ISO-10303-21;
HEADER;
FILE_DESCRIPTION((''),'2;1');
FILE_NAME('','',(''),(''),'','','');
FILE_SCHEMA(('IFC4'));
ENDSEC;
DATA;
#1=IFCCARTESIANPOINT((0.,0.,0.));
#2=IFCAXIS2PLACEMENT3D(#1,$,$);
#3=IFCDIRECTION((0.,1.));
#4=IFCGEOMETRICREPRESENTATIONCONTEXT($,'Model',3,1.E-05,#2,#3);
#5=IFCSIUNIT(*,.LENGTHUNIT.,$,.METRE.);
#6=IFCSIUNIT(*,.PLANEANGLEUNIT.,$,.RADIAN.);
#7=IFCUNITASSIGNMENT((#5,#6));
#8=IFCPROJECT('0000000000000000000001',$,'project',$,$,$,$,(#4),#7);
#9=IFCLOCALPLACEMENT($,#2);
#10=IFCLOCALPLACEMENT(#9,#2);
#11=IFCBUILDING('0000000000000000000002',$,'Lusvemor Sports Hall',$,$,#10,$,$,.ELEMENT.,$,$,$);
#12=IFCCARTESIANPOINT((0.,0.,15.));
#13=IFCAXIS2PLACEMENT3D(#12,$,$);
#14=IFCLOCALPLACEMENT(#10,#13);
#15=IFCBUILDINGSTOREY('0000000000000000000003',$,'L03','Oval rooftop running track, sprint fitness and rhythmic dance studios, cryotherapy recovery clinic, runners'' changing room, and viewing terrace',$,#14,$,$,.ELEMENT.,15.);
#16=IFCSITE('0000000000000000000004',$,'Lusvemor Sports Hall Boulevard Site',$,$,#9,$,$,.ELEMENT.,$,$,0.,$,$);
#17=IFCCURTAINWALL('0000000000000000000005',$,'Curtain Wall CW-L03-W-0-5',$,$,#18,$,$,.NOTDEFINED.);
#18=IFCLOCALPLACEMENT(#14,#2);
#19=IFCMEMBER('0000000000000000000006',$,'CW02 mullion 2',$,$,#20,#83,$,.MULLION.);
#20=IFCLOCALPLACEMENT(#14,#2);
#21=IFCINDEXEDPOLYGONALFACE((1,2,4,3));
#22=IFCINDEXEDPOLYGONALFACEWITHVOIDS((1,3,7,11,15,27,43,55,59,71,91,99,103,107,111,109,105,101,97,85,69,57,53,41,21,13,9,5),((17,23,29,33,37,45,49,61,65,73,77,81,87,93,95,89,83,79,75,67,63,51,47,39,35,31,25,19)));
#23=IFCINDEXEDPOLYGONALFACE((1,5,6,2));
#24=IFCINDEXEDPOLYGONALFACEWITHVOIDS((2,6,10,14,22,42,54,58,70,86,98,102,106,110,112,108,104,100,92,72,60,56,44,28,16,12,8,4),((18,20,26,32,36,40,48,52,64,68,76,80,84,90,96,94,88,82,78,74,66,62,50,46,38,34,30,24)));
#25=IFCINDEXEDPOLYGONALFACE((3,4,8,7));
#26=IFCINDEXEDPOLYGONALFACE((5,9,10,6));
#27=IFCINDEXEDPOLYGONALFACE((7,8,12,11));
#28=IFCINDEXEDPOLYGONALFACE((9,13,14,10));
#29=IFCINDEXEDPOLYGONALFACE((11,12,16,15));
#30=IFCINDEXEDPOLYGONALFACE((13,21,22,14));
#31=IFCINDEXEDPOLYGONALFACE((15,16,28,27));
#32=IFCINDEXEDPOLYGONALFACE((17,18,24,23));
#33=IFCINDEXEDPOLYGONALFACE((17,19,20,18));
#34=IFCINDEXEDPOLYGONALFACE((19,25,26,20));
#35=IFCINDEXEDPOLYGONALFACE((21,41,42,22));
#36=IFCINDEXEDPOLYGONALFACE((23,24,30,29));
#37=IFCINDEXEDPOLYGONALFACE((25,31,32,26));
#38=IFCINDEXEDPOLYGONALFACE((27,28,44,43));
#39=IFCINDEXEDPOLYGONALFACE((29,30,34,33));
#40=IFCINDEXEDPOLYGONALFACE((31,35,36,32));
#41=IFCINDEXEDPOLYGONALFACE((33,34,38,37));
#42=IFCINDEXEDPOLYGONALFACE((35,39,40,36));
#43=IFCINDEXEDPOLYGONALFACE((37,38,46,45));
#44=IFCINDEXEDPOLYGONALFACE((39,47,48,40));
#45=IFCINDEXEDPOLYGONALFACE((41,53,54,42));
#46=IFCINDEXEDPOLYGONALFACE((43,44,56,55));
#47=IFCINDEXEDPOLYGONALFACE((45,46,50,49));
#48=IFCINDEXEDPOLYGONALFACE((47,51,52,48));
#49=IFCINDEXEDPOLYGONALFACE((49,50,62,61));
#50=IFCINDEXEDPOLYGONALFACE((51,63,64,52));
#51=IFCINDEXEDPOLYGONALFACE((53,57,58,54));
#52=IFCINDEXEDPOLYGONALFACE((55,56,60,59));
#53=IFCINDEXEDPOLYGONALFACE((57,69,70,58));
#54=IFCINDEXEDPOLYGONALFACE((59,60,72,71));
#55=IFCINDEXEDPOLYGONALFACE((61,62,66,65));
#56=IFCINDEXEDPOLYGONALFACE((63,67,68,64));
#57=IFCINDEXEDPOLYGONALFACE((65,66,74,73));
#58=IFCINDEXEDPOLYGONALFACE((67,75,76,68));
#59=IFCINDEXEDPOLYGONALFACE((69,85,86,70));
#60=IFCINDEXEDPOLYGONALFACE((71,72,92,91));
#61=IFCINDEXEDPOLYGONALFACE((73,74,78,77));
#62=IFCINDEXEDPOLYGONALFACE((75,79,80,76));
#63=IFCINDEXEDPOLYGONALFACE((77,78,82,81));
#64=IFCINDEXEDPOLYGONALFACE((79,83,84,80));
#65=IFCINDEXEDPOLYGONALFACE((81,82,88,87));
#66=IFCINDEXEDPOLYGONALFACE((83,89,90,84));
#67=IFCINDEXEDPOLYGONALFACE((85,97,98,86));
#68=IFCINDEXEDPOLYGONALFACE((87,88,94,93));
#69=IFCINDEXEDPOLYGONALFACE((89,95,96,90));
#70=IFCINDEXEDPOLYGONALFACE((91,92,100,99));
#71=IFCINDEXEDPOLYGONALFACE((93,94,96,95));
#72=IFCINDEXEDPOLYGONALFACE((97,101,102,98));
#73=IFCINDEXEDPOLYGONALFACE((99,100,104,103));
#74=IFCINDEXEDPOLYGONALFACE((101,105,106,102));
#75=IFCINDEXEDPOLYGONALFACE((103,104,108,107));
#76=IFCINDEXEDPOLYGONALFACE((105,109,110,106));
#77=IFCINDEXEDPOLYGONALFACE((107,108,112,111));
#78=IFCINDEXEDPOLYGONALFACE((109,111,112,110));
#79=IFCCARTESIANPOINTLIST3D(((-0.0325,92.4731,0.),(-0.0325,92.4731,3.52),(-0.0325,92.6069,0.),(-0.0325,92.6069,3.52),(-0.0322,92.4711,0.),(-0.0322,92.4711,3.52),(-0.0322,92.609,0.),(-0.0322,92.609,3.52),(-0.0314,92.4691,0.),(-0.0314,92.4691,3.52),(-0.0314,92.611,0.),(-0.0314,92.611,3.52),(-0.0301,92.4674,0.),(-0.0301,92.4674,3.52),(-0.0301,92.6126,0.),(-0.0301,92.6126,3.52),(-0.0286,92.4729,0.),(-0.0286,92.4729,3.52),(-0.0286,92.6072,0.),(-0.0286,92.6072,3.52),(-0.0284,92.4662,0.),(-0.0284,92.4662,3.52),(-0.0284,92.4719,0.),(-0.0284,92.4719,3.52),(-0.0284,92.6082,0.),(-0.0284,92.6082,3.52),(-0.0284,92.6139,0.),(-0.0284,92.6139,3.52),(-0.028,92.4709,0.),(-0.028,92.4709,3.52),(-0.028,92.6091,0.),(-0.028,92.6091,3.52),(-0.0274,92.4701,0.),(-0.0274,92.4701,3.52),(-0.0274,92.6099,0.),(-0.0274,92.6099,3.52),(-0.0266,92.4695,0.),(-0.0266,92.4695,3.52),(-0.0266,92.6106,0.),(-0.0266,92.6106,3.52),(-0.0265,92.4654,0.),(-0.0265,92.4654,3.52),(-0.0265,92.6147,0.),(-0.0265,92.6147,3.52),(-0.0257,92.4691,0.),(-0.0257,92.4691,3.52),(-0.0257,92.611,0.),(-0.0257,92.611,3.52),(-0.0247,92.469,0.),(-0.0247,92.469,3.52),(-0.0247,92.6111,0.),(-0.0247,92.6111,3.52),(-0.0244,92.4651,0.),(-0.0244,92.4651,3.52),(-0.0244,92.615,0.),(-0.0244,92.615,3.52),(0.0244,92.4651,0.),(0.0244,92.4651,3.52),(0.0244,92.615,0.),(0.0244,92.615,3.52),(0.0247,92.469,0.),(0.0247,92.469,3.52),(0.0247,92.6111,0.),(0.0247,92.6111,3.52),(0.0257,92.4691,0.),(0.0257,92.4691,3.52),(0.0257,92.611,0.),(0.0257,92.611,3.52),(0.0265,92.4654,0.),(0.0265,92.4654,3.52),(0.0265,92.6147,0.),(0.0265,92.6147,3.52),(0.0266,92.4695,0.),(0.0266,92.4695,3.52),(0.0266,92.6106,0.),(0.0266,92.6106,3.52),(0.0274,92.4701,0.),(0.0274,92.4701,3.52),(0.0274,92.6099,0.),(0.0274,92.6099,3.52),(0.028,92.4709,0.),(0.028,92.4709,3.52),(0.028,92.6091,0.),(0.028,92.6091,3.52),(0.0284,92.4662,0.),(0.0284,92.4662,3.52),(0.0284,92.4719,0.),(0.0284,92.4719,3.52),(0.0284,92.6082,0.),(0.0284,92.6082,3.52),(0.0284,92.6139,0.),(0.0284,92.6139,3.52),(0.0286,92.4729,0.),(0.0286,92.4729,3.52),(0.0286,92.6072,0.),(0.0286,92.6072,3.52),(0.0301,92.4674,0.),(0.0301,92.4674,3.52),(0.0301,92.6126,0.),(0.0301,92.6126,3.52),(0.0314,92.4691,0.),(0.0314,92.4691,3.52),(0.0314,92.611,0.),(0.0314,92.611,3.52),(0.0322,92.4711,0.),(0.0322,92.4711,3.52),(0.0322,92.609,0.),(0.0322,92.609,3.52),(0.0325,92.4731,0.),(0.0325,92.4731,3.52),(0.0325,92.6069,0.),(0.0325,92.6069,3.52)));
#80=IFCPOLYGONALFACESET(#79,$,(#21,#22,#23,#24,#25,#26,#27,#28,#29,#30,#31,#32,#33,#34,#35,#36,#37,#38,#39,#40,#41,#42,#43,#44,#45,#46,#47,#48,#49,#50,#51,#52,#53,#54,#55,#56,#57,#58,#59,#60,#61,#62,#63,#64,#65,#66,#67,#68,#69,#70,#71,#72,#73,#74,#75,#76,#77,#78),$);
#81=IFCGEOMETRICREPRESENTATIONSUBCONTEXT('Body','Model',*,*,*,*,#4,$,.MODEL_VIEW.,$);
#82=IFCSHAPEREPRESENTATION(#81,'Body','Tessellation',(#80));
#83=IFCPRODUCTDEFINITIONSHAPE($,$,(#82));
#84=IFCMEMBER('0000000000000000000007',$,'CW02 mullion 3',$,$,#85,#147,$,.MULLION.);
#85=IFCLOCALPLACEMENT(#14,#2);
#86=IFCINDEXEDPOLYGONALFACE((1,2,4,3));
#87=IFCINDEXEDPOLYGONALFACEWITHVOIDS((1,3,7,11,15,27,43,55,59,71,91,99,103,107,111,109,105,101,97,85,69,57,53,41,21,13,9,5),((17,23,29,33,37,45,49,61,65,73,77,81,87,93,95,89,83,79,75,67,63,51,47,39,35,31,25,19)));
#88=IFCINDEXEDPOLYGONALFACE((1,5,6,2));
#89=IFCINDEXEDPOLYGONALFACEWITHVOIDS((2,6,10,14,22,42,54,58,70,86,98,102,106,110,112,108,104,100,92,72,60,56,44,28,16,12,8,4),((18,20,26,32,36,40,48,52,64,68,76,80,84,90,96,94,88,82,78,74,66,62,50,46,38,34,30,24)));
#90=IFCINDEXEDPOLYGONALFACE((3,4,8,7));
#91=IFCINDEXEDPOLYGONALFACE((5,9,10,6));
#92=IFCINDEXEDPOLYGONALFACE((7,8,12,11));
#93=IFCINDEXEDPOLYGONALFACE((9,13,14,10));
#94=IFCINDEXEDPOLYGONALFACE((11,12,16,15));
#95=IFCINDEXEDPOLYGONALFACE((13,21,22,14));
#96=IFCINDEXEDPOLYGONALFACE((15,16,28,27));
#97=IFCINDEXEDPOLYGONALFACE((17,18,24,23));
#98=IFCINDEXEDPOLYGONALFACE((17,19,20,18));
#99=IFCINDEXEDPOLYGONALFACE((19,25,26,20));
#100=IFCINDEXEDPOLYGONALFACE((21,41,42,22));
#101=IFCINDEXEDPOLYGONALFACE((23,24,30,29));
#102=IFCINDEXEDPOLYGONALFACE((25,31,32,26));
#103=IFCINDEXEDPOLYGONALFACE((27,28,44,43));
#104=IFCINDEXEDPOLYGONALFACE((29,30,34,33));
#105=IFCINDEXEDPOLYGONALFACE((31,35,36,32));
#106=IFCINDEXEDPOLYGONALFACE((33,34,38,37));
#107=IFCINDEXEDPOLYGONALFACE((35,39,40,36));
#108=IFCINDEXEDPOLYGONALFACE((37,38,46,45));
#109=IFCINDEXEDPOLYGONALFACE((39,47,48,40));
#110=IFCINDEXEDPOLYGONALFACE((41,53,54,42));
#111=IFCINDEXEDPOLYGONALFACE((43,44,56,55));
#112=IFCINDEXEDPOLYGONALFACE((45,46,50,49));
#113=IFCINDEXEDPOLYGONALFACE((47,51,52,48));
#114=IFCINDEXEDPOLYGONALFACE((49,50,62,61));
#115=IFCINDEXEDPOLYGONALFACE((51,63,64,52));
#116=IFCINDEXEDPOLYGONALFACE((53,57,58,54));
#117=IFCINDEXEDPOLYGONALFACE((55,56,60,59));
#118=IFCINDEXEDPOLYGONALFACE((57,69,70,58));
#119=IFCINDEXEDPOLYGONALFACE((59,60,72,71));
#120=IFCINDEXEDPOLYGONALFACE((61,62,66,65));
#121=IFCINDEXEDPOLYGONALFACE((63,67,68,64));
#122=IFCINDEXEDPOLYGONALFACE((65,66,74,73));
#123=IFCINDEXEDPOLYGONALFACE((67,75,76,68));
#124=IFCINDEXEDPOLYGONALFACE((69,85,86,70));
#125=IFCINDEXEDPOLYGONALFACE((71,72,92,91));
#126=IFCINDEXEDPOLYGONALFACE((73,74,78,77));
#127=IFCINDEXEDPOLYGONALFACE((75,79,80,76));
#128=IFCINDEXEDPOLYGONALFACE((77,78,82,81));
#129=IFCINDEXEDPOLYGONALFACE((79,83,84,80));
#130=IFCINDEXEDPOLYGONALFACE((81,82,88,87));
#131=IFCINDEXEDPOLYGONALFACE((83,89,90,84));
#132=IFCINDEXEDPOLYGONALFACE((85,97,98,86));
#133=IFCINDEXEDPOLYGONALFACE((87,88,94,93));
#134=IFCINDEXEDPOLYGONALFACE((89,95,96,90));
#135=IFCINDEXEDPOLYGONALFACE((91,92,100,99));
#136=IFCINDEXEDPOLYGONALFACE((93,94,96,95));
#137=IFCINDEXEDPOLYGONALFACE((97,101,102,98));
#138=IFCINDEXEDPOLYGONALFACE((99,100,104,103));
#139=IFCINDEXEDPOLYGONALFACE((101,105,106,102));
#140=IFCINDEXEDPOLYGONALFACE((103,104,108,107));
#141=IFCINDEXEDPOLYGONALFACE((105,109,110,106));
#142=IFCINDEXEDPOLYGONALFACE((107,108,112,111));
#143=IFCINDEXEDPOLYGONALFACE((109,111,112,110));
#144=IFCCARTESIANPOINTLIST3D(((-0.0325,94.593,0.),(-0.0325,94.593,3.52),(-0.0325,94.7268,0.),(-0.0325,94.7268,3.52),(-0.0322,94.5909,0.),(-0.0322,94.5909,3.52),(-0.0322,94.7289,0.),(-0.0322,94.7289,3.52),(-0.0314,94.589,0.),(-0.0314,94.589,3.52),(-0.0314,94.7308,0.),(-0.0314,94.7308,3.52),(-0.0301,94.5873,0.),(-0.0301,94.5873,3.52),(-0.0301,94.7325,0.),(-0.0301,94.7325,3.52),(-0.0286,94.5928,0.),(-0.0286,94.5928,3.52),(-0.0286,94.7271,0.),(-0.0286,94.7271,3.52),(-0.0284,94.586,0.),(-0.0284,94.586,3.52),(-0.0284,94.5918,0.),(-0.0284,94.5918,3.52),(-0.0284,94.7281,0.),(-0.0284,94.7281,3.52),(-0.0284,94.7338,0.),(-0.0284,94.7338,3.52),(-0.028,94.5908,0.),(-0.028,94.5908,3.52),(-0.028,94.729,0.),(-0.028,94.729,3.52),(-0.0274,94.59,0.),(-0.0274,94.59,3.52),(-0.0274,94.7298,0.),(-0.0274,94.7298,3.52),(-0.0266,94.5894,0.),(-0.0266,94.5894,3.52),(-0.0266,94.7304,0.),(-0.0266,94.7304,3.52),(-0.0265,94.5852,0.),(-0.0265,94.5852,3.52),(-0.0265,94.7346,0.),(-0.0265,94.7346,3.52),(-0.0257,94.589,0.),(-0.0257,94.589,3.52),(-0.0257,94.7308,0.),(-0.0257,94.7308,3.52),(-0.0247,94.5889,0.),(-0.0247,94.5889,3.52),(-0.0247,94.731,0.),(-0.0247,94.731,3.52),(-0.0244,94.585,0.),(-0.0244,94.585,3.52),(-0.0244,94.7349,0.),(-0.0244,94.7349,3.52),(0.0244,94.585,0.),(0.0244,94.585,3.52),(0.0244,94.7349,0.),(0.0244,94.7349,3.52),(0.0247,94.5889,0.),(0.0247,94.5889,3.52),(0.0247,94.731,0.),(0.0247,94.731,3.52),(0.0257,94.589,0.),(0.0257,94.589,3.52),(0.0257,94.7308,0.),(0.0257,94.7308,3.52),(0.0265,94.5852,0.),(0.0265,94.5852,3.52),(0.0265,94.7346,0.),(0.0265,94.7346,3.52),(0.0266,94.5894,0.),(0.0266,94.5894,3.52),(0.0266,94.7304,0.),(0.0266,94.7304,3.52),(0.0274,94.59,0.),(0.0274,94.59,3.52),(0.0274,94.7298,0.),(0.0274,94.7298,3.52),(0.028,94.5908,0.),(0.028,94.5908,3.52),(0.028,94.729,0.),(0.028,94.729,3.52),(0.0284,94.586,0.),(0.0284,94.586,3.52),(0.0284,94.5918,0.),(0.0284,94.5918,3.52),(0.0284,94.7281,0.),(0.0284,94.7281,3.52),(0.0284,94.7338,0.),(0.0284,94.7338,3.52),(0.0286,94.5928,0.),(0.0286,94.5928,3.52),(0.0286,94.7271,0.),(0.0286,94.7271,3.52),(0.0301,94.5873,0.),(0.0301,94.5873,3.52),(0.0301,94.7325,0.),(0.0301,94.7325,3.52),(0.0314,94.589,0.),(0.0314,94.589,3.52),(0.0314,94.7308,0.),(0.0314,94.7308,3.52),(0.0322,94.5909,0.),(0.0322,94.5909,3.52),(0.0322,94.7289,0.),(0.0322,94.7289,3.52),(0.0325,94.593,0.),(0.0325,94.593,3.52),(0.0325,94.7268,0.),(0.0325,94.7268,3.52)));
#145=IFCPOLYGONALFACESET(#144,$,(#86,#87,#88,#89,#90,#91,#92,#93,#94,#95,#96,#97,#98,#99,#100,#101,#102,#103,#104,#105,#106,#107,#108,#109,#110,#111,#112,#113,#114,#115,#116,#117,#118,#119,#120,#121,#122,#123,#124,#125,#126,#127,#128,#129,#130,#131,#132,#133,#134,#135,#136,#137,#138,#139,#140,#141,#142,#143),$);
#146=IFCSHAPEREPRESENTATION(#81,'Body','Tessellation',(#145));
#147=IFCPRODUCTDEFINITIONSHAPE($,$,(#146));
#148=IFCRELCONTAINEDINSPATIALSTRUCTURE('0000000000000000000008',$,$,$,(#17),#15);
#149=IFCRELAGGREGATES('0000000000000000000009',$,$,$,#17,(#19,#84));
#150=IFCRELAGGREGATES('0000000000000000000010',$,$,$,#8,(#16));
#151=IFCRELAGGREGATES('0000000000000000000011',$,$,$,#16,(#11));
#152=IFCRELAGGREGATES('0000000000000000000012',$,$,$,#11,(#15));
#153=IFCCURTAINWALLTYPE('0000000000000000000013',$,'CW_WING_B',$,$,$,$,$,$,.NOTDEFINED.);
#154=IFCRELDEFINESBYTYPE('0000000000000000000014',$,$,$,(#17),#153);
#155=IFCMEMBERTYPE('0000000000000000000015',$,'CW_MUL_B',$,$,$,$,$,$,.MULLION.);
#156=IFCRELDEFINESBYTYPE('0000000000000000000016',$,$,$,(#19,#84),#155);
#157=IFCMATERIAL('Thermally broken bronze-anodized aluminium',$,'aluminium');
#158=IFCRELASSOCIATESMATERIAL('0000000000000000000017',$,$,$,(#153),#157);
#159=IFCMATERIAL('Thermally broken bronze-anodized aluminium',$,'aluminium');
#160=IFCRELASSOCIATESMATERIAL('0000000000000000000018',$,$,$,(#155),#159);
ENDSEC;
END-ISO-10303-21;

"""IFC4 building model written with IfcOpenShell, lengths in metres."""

from ifc_helpers import new_model, si_unit, direction, frame, origin, origin_2d, place, context, subcontext, project, spatial, hollow_rectangle, extrude, material, material_profile, profile_set, type_object, element, aggregate, save


model = new_model("IFC4")

# Units and contexts
model_context = context("Model", 3, precision=1e-05, world=origin(), true_north=direction((0.0, 1.0)))
body_context = subcontext(model_context, "Body", "Model", "MODEL_VIEW")
ifc_project = project(units=[si_unit("LENGTHUNIT", "METRE"), si_unit("PLANEANGLEUNIT", "RADIAN")], contexts=[model_context])

# Site, building, storey
site_placement = place(None, origin())
site = spatial("IfcSite", under=ifc_project, at=site_placement, Name="Lusvemor Sports Hall Boulevard Site", CompositionType="ELEMENT", RefElevation=0.0)
building_placement = place(site_placement, origin())
building = spatial("IfcBuilding", under=site, at=building_placement, Name="Lusvemor Sports Hall", CompositionType="ELEMENT")
storey_placement = place(building_placement, frame((0.0, 0.0, 15.0)))
storey = spatial("IfcBuildingStorey", under=building, at=storey_placement, Name="L03", Description="Oval rooftop running track, sprint fitness and rhythmic dance studios, cryotherapy recovery clinic, runners' changing room, and viewing terrace", CompositionType="ELEMENT", Elevation=15.0)

# Curtain wall, members
ifc_material_1 = material(Name="Thermally broken bronze-anodized aluminium", Category="aluminium")
curtain_wall_type = type_object("IfcCurtainWallType", Name="CW_WING_B", PredefinedType="NOTDEFINED", material=ifc_material_1)
curtain_wall_placement = place(storey_placement, origin())
curtain_wall = element("IfcCurtainWall", 1, at=curtain_wall_placement, inside=storey, type_object=curtain_wall_type, Name="Curtain Wall CW-L03-W-0-5", PredefinedType="NOTDEFINED")
ifc_material_2 = material(Name="Thermally broken bronze-anodized aluminium", Category="aluminium")
ifc_material_profile_1 = material_profile(ifc_material_2, hollow_rectangle(XDim=0.0649, YDim=0.1499, WallThickness=0.0039, InnerFilletRadius=0.0039, OuterFilletRadius=0.0081, at=origin_2d()), Name="CWMUL150x65x4")
ifc_profile_set_1 = profile_set([ifc_material_profile_1], Name="Thermally broken bronze-anodized aluminium")
member_type_1 = type_object("IfcMemberType", Name="CW_MUL_B", PredefinedType="MULLION", material=ifc_profile_set_1)
member_1_placement = place(storey_placement, frame((0.0, 92.54, 0.0), z_axis=(0.0, 0.0, 1.0), x_axis=(-1.0, 0.0, 0.0)))
member_1 = element("IfcMember", 2, at=member_1_placement, type_object=member_type_1, Name="CW02 mullion 2", PredefinedType="MULLION", context=body_context, shape_type="SweptSolid", body=[
    extrude(hollow_rectangle(XDim=0.0649, YDim=0.1499, WallThickness=0.0039, InnerFilletRadius=0.0039, OuterFilletRadius=0.0081, at=origin_2d()), origin(), (0.0, 0.0, 1.0), 3.52),
])
member_2_placement = place(storey_placement, frame((0.0, 94.6599, 0.0), z_axis=(0.0, 0.0, 1.0), x_axis=(-1.0, 0.0, 0.0)))
member_2 = element("IfcMember", 3, at=member_2_placement, type_object=member_type_1, Name="CW02 mullion 3", PredefinedType="MULLION", context=body_context, shape_type="SweptSolid", body=[
    extrude(hollow_rectangle(XDim=0.0649, YDim=0.1499, WallThickness=0.0039, InnerFilletRadius=0.0039, OuterFilletRadius=0.0081, at=origin_2d()), origin(), (0.0, 0.0, 1.0), 3.52),
])

aggregate(curtain_wall, [member_1, member_2])

save(model, "model.ifc")
